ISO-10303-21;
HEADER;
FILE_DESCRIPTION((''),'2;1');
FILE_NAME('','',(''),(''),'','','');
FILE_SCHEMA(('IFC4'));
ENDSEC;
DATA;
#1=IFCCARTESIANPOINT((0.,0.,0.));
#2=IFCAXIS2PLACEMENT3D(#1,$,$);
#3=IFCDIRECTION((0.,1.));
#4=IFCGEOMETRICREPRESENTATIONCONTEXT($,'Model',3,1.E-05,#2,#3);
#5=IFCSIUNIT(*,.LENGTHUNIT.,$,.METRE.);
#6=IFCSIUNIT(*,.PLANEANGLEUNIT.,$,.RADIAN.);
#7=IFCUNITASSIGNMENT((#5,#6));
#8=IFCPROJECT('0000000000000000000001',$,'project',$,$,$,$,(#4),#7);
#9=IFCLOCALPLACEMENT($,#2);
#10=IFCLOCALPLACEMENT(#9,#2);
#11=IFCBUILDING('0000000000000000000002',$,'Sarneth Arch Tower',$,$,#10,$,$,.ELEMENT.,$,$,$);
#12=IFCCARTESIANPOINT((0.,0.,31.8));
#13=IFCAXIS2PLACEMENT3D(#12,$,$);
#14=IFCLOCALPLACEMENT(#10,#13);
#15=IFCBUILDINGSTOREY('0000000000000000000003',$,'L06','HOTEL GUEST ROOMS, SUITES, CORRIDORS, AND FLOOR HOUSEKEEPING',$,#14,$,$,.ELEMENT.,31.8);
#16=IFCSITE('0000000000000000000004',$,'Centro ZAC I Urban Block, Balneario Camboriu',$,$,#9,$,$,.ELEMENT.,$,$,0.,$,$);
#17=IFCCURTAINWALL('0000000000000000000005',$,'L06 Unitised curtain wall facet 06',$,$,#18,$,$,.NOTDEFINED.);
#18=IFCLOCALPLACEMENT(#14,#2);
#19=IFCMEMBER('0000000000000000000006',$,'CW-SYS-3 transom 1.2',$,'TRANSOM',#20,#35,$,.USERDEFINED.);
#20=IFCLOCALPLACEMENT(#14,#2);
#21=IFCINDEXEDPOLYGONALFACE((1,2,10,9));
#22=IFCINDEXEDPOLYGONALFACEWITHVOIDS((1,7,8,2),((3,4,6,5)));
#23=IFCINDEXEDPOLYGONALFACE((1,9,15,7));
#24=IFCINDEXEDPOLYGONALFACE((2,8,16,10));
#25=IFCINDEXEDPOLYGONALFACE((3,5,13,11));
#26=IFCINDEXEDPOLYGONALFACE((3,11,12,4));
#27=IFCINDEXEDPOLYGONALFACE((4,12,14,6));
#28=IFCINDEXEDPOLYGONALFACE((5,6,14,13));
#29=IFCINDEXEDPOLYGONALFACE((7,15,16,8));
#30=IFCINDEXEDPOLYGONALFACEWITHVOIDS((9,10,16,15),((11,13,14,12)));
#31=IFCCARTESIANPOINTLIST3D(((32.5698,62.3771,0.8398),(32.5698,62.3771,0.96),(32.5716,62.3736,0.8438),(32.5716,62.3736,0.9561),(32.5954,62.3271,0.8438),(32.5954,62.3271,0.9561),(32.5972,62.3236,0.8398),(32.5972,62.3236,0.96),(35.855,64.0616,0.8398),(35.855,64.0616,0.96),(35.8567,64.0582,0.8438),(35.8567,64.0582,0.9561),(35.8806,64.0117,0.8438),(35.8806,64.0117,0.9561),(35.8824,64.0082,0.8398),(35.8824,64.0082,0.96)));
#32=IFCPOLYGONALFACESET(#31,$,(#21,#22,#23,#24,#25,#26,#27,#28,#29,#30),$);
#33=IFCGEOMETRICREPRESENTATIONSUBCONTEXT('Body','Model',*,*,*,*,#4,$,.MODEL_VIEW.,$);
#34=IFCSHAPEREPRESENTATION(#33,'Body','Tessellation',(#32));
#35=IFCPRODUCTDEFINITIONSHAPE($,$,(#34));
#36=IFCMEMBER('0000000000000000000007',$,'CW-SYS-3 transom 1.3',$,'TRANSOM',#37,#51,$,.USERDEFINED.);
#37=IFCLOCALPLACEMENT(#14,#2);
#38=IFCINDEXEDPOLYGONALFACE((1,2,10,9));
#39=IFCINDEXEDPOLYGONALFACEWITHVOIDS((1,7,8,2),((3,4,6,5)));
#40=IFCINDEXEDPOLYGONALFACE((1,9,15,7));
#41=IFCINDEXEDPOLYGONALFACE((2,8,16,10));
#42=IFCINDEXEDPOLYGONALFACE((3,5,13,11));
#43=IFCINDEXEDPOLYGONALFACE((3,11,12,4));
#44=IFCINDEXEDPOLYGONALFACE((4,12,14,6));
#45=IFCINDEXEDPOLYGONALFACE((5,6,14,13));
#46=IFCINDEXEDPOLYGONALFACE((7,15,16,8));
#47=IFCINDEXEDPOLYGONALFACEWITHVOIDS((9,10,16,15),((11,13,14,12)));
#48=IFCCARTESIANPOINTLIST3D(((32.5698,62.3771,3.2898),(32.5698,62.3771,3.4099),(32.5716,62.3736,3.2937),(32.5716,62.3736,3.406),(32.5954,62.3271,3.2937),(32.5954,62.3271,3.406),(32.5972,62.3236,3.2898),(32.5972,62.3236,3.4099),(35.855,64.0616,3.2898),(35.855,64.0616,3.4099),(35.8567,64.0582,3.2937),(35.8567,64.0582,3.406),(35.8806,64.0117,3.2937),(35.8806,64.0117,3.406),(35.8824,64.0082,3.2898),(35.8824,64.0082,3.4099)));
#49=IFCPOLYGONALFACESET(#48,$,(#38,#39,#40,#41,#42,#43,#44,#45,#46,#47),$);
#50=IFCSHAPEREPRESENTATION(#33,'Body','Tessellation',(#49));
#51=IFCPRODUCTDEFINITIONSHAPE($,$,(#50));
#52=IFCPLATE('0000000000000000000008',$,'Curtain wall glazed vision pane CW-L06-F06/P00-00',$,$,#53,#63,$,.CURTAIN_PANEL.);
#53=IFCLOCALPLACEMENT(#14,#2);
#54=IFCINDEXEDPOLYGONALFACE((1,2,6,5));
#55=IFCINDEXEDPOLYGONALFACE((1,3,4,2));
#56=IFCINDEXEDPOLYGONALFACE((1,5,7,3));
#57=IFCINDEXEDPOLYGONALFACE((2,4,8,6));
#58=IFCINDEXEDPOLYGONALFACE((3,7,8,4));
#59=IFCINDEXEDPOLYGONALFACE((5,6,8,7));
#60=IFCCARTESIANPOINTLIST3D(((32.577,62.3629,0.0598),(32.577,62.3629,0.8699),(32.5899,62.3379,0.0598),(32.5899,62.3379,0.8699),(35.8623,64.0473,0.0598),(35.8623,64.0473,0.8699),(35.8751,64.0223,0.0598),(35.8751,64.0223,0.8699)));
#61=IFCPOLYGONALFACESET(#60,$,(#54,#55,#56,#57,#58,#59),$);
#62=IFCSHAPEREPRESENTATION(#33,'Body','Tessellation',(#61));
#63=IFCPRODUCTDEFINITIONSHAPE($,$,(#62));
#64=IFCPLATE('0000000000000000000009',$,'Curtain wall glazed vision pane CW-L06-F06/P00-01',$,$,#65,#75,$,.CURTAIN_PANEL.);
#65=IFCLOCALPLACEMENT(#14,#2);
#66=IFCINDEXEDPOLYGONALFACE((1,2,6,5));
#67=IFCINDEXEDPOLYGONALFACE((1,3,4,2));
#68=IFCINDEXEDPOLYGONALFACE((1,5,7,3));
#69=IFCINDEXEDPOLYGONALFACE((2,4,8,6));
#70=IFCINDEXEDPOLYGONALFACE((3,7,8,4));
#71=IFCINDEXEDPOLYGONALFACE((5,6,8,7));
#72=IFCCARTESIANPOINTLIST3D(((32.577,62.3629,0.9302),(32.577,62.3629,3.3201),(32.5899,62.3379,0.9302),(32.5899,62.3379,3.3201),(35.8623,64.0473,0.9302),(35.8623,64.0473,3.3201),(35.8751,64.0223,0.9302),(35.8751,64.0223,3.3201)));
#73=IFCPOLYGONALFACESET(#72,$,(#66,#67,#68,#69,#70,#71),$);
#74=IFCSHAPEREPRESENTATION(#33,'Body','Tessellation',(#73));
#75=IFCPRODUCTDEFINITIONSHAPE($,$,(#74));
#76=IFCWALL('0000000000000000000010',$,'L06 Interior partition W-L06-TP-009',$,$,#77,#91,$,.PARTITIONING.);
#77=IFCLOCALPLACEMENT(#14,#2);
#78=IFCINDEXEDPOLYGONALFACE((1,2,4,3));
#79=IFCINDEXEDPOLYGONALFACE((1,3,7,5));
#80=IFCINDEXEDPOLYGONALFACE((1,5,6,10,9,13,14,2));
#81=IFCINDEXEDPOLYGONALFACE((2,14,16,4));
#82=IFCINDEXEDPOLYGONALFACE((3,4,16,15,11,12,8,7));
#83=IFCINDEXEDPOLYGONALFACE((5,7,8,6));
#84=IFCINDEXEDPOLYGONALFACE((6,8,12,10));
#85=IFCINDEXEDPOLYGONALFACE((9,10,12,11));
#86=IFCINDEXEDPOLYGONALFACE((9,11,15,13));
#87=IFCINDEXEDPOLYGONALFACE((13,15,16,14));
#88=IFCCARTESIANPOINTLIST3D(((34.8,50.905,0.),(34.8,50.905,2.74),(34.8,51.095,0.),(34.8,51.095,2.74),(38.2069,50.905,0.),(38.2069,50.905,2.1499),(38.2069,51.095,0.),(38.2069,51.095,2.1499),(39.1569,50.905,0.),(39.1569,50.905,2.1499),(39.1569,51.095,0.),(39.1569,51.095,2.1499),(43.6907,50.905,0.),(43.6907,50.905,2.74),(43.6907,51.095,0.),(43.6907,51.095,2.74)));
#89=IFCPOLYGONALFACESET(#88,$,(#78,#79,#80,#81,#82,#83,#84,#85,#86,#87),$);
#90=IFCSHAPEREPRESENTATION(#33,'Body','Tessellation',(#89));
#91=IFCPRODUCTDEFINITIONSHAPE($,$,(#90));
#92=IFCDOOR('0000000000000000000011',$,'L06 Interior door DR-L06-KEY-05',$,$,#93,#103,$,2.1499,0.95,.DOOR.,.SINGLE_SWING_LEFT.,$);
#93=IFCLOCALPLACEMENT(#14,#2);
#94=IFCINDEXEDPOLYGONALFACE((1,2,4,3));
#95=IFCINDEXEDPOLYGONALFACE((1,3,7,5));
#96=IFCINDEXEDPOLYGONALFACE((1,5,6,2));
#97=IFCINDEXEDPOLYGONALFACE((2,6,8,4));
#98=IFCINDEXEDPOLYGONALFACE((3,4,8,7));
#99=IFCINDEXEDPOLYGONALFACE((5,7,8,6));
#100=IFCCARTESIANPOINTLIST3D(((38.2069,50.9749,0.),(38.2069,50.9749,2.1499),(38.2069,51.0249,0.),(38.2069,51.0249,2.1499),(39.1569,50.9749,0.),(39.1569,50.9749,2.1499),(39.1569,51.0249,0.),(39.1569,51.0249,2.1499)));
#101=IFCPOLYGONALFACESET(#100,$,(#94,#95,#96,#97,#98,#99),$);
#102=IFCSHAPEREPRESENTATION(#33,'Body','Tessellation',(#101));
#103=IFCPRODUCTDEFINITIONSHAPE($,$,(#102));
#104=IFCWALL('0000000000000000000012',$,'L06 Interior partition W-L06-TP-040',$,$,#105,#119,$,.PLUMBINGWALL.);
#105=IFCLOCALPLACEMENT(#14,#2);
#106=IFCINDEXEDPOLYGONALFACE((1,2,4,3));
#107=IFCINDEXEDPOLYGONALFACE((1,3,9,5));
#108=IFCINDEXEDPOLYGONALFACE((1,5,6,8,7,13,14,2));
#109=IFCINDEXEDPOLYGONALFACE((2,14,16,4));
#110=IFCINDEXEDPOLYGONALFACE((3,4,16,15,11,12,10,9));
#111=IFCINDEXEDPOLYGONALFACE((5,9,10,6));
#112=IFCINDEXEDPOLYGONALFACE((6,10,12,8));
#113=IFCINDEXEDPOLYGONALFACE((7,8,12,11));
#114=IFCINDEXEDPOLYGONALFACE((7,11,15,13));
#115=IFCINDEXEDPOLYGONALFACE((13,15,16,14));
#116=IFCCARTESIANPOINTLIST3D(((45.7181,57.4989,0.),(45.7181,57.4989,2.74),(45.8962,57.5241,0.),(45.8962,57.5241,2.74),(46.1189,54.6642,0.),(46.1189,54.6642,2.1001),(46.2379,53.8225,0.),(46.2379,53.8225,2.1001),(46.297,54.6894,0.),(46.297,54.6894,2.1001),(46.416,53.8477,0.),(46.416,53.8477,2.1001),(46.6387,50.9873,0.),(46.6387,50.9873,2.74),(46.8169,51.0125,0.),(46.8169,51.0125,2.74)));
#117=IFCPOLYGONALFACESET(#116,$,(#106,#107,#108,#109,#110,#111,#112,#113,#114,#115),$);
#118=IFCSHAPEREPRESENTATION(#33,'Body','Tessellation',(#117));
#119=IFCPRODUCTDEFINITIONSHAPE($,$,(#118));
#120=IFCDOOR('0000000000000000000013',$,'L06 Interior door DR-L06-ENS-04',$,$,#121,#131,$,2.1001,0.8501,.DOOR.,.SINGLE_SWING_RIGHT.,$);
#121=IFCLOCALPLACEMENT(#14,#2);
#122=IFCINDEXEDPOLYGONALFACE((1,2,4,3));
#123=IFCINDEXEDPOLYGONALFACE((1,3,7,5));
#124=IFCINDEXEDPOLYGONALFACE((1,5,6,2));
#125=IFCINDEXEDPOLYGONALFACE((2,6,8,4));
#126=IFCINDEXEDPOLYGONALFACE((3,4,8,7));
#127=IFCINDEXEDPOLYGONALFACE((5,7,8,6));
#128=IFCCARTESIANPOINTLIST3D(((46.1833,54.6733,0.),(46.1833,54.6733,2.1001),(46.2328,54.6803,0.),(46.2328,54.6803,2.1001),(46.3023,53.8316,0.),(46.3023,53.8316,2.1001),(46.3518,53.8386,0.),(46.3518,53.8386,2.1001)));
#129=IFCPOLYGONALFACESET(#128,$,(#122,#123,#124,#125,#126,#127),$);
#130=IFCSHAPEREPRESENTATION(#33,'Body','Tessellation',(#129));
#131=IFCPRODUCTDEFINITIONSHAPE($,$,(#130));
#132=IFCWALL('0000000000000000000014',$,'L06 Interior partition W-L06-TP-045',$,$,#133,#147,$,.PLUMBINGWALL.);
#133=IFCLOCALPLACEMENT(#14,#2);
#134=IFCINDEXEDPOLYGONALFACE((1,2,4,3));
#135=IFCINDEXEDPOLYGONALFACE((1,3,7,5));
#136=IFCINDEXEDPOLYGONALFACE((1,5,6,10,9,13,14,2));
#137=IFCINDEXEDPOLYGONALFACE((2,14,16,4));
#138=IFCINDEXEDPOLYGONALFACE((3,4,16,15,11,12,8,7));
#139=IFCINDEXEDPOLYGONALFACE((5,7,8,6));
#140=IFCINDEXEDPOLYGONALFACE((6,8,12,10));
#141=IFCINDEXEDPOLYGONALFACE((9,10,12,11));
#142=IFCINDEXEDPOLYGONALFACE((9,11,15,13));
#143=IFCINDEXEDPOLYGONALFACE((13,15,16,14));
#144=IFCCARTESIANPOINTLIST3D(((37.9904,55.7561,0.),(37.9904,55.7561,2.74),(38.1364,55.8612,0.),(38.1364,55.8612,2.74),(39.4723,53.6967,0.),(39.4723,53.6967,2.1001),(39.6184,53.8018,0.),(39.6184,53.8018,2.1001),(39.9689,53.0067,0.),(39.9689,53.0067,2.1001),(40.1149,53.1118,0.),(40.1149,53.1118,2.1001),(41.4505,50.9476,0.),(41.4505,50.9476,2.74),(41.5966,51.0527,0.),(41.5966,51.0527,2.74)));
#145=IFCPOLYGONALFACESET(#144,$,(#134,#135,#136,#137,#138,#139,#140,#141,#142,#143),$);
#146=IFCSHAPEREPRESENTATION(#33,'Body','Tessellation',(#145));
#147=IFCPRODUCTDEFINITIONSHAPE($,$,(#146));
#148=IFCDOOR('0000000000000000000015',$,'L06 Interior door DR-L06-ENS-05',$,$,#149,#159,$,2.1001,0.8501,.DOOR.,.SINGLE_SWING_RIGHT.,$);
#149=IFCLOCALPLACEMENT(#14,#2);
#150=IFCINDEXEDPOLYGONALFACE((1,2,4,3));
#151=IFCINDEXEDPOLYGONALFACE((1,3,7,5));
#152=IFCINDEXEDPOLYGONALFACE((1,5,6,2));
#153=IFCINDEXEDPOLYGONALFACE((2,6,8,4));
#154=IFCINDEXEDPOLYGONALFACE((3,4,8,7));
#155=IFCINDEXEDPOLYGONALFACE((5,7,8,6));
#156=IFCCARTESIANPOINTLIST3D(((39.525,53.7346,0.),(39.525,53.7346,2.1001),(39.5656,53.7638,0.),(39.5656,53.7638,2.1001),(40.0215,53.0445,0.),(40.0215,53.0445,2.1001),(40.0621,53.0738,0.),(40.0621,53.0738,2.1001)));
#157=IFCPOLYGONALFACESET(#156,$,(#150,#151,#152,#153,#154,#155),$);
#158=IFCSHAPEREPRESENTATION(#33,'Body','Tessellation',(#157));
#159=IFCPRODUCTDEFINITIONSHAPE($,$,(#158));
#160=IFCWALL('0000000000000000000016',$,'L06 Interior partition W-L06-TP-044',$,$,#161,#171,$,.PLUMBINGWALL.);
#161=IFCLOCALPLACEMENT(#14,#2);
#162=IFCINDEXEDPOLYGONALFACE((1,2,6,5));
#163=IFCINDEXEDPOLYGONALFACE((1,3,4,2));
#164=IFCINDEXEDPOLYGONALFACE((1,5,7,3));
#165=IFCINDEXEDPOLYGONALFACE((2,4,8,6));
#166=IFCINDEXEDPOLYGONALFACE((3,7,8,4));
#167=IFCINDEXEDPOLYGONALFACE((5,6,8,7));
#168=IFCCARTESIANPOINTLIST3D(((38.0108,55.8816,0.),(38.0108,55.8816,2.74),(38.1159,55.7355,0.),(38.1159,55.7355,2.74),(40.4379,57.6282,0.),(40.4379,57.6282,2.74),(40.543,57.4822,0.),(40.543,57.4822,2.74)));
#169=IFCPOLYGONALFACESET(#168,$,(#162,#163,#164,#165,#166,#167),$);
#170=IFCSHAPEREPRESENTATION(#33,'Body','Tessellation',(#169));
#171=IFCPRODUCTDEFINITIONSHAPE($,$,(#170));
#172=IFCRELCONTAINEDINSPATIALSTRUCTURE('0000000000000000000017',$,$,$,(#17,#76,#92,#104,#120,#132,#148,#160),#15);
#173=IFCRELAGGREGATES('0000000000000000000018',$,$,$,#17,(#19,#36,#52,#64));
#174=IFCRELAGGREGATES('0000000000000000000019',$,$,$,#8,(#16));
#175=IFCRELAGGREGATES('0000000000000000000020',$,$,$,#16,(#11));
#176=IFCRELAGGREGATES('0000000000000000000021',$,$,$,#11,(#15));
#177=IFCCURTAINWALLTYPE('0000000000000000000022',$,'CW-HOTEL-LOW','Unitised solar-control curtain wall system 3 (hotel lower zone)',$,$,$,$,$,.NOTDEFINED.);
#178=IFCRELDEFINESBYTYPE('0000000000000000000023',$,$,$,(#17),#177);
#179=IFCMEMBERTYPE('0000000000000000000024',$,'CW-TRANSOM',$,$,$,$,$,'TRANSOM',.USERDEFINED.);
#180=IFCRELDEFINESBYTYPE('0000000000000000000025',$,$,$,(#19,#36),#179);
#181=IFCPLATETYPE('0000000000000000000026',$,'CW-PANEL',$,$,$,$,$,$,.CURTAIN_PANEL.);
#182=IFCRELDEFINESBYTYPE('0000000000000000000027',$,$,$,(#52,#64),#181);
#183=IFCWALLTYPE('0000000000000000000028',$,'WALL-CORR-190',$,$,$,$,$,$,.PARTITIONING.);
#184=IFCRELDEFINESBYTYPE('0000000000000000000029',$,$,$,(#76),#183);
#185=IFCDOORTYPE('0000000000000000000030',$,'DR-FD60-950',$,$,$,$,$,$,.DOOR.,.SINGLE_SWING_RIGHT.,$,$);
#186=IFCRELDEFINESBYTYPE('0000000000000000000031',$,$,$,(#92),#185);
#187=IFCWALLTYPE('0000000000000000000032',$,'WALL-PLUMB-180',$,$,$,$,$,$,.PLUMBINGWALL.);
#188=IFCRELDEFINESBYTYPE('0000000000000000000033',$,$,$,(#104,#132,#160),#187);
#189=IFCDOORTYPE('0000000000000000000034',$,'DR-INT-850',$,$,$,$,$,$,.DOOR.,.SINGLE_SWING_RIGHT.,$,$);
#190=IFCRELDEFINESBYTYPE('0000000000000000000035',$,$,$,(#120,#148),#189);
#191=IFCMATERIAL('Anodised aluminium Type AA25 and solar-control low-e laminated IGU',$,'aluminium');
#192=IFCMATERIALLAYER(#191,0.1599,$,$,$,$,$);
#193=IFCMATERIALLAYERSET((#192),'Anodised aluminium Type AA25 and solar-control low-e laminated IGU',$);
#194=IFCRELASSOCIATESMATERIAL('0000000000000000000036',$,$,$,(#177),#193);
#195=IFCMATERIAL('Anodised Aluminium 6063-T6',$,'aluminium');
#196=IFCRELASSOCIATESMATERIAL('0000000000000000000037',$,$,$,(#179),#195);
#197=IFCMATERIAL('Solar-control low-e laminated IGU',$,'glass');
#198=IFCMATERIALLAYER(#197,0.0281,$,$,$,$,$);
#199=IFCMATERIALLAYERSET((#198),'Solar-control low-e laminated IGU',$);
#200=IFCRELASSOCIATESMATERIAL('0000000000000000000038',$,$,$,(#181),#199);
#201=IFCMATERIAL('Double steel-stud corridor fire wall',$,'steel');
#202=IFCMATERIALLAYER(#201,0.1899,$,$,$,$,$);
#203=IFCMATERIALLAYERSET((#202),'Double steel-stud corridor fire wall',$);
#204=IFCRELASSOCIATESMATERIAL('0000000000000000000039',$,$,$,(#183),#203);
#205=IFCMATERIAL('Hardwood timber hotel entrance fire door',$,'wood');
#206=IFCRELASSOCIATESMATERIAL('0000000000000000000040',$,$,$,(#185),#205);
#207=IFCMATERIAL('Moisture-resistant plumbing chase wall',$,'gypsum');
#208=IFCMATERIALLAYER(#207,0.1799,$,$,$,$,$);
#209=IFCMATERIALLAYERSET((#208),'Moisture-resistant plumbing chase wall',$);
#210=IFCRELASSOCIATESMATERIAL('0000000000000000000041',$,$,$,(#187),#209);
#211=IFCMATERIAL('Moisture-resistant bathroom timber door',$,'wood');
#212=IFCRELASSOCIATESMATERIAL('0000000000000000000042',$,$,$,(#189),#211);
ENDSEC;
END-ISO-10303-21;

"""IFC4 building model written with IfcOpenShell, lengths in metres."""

from ifc_helpers import new_model, si_unit, direction, frame, frame_2d, origin, origin_2d, place, context, subcontext, project, spatial, rectangle, hollow_rectangle, extrude, material, layer, layer_set, material_profile, profile_set, type_object, element, fill, aggregate, save


model = new_model("IFC4")

# Units and contexts
model_context = context("Model", 3, precision=1e-05, world=origin(), true_north=direction((0.0, 1.0)))
body_context = subcontext(model_context, "Body", "Model", "MODEL_VIEW")
ifc_project = project(units=[si_unit("LENGTHUNIT", "METRE"), si_unit("PLANEANGLEUNIT", "RADIAN")], contexts=[model_context])

# Site, building, storey
site_placement = place(None, origin())
site = spatial("IfcSite", under=ifc_project, at=site_placement, Name="Centro ZAC I Urban Block, Balneario Camboriu", CompositionType="ELEMENT", RefElevation=0.0)
building_placement = place(site_placement, origin())
building = spatial("IfcBuilding", under=site, at=building_placement, Name="Sarneth Arch Tower", CompositionType="ELEMENT")
storey_placement = place(building_placement, frame((0.0, 0.0, 31.8)))
storey = spatial("IfcBuildingStorey", under=building, at=storey_placement, Name="L06", Description="HOTEL GUEST ROOMS, SUITES, CORRIDORS, AND FLOOR HOUSEKEEPING", CompositionType="ELEMENT", Elevation=31.8)

# Curtain wall, members, plates
ifc_material_1 = material(Name="Anodised aluminium Type AA25 and solar-control low-e laminated IGU", Category="aluminium")
ifc_layer_1 = layer(ifc_material_1, 0.1599)
ifc_layer_set_1 = layer_set([ifc_layer_1], Name="Anodised aluminium Type AA25 and solar-control low-e laminated IGU")
curtain_wall_type = type_object("IfcCurtainWallType", Name="CW-HOTEL-LOW", Description="Unitised solar-control curtain wall system 3 (hotel lower zone)", PredefinedType="NOTDEFINED", material=ifc_layer_set_1)
curtain_wall_placement = place(storey_placement, origin())
curtain_wall = element("IfcCurtainWall", 1, at=curtain_wall_placement, inside=storey, type_object=curtain_wall_type, Name="L06 Unitised curtain wall facet 06", PredefinedType="NOTDEFINED")
ifc_material_2 = material(Name="Anodised Aluminium 6063-T6", Category="aluminium")
ifc_material_profile_1 = material_profile(ifc_material_2, hollow_rectangle(XDim=0.0601, YDim=0.1201, WallThickness=0.0039, at=origin_2d()), Name="AL-TRAN-120x60x4")
ifc_profile_set_1 = profile_set([ifc_material_profile_1], Name="Anodised Aluminium 6063-T6")
member_type_1 = type_object("IfcMemberType", Name="CW-TRANSOM", ElementType="TRANSOM", PredefinedType="USERDEFINED", material=ifc_profile_set_1)
member_1_placement = place(storey_placement, frame((35.8687, 64.0349, 0.8999), z_axis=(-0.889831, -0.45629, 0.0), x_axis=(0.45629, -0.889831, 0.0)))
member_1 = element("IfcMember", 2, at=member_1_placement, type_object=member_type_1, Name="CW-SYS-3 transom 1.2", ObjectType="TRANSOM", PredefinedType="USERDEFINED", context=body_context, shape_type="SweptSolid", body=[
    extrude(hollow_rectangle(XDim=0.0601, YDim=0.1201, WallThickness=0.0039, at=origin_2d()), origin(), (0.0, 0.0, 1.0), 3.6919),
])
member_2_placement = place(storey_placement, frame((35.8687, 64.0349, 3.3499), z_axis=(-0.889831, -0.45629, 0.0), x_axis=(0.45629, -0.889831, 0.0)))
member_2 = element("IfcMember", 3, at=member_2_placement, type_object=member_type_1, Name="CW-SYS-3 transom 1.3", ObjectType="TRANSOM", PredefinedType="USERDEFINED", context=body_context, shape_type="SweptSolid", body=[
    extrude(hollow_rectangle(XDim=0.0601, YDim=0.1201, WallThickness=0.0039, at=origin_2d()), origin(), (0.0, 0.0, 1.0), 3.6919),
])
ifc_material_3 = material(Name="Solar-control low-e laminated IGU", Category="glass")
ifc_layer_2 = layer(ifc_material_3, 0.0281)
ifc_layer_set_2 = layer_set([ifc_layer_2], Name="Solar-control low-e laminated IGU")
plate_type = type_object("IfcPlateType", Name="CW-PANEL", PredefinedType="CURTAIN_PANEL", material=ifc_layer_set_2)
plate_1_placement = place(storey_placement, frame((34.2261, 63.1926, 0.0598), z_axis=(0.0, 0.0, 1.0), x_axis=(-0.889854, -0.456245, 0.0)))
plate_1 = element("IfcPlate", 4, at=plate_1_placement, type_object=plate_type, Name="Curtain wall glazed vision pane CW-L06-F06/P00-00", PredefinedType="CURTAIN_PANEL", context=body_context, shape_type="SweptSolid", body=[
    extrude(rectangle(XDim=3.6919, YDim=0.0281, at=origin_2d()), origin(), (0.0, 0.0, 1.0), 0.8101),
])
plate_2_placement = place(storey_placement, frame((34.2261, 63.1926, 0.9302), z_axis=(0.0, 0.0, 1.0), x_axis=(-0.889854, -0.456245, 0.0)))
plate_2 = element("IfcPlate", 5, at=plate_2_placement, type_object=plate_type, Name="Curtain wall glazed vision pane CW-L06-F06/P00-01", PredefinedType="CURTAIN_PANEL", context=body_context, shape_type="SweptSolid", body=[
    extrude(rectangle(XDim=3.6919, YDim=0.0281, at=origin_2d()), origin(), (0.0, 0.0, 1.0), 2.3899),
])
aggregate(curtain_wall, [member_1, member_2, plate_1, plate_2])

# Walls, openings, doors
ifc_material_4 = material(Name="Double steel-stud corridor fire wall", Category="steel")
ifc_layer_3 = layer(ifc_material_4, 0.1899)
ifc_layer_set_3 = layer_set([ifc_layer_3], Name="Double steel-stud corridor fire wall")
wall_type_1 = type_object("IfcWallType", Name="WALL-CORR-190", PredefinedType="PARTITIONING", material=ifc_layer_set_3)
wall_1_placement = place(storey_placement, frame((34.8, 51.0, 0.0), z_axis=(0.0, 0.0, 1.0), x_axis=(1.0, 0.0, 0.0)))
wall_1 = element("IfcWall", 6, at=wall_1_placement, inside=storey, type_object=wall_type_1, Name="L06 Interior partition W-L06-TP-009", PredefinedType="PARTITIONING", context=body_context, shape_type="SweptSolid", body=[
    extrude(rectangle(XDim=8.8906, YDim=0.1899, at=frame_2d((4.4453, 0.0))), origin(), (0.0, 0.0, 1.0), 2.74),
])
opening_1_placement = place(wall_1_placement, frame((3.4067, 0.0, 0.0)))
opening_1 = element("IfcOpeningElement", 7, at=opening_1_placement, cuts=wall_1, PredefinedType="OPENING", context=body_context, shape_type="SweptSolid", body=[
    extrude(rectangle(XDim=0.95, YDim=2.1499, at=frame_2d((0.4751, 1.075))), frame((0.0, 0.105, 0.0), z_axis=(0.0, -1.0, 0.0), x_axis=(1.0, 0.0, 0.0)), (0.0, 0.0, 1.0), 0.21),
])
ifc_material_5 = material(Name="Hardwood timber hotel entrance fire door", Category="wood")
door_type_1 = type_object("IfcDoorType", Name="DR-FD60-950", OperationType="SINGLE_SWING_RIGHT", PredefinedType="DOOR", material=ifc_material_5)
door_1_placement = place(opening_1_placement, origin())
door_1 = element("IfcDoor", 8, at=door_1_placement, inside=storey, type_object=door_type_1, Name="L06 Interior door DR-L06-KEY-05", OperationType="SINGLE_SWING_LEFT", OverallHeight=2.1499, OverallWidth=0.95, PredefinedType="DOOR", context=body_context, shape_type="SweptSolid", body=[
    extrude(rectangle(XDim=0.95, YDim=2.1499, at=frame_2d((0.4751, 1.075))), frame((0.0, 0.0249, 0.0), z_axis=(0.0, -1.0, 0.0), x_axis=(1.0, 0.0, 0.0)), (0.0, 0.0, 1.0), 0.05),
])
fill(opening_1, door_1)
ifc_material_6 = material(Name="Moisture-resistant plumbing chase wall", Category="gypsum")
ifc_layer_4 = layer(ifc_material_6, 0.1799)
ifc_layer_set_4 = layer_set([ifc_layer_4], Name="Moisture-resistant plumbing chase wall")
wall_type_2 = type_object("IfcWallType", Name="WALL-PLUMB-180", PredefinedType="PLUMBINGWALL", material=ifc_layer_set_4)
wall_2_placement = place(storey_placement, frame((46.7278, 51.0, 0.0), z_axis=(0.0, 0.0, 1.0), x_axis=(-0.139992, 0.990153, 0.0)))
wall_2 = element("IfcWall", 9, at=wall_2_placement, inside=storey, type_object=wall_type_2, Name="L06 Interior partition W-L06-TP-040", PredefinedType="PLUMBINGWALL", context=body_context, shape_type="SweptSolid", body=[
    extrude(rectangle(XDim=6.5764, YDim=0.1799, at=frame_2d((3.2881, 0.0))), origin(), (0.0, 0.0, 1.0), 2.74),
])
opening_2_placement = place(wall_2_placement, frame((2.8633, 0.0, 0.0)))
opening_2 = element("IfcOpeningElement", 10, at=opening_2_placement, cuts=wall_2, PredefinedType="OPENING", context=body_context, shape_type="SweptSolid", body=[
    extrude(rectangle(XDim=0.8501, YDim=2.1001, at=frame_2d((0.425, 1.05))), frame((0.0, 0.0999, 0.0), z_axis=(0.0, -1.0, 0.0), x_axis=(1.0, 0.0, 0.0)), (0.0, 0.0, 1.0), 0.2),
])
ifc_material_7 = material(Name="Moisture-resistant bathroom timber door", Category="wood")
door_type_2 = type_object("IfcDoorType", Name="DR-INT-850", OperationType="SINGLE_SWING_RIGHT", PredefinedType="DOOR", material=ifc_material_7)
door_2_placement = place(opening_2_placement, origin())
door_2 = element("IfcDoor", 11, at=door_2_placement, inside=storey, type_object=door_type_2, Name="L06 Interior door DR-L06-ENS-04", OperationType="SINGLE_SWING_RIGHT", OverallHeight=2.1001, OverallWidth=0.8501, PredefinedType="DOOR", context=body_context, shape_type="SweptSolid", body=[
    extrude(rectangle(XDim=0.8501, YDim=2.1001, at=frame_2d((0.425, 1.05))), frame((0.0, 0.0249, 0.0), z_axis=(0.0, -1.0, 0.0), x_axis=(1.0, 0.0, 0.0)), (0.0, 0.0, 1.0), 0.05),
])
fill(opening_2, door_2)
wall_3_placement = place(storey_placement, frame((38.0635, 55.8086, 0.0), z_axis=(0.0, 0.0, 1.0), x_axis=(0.584084, -0.811693, 0.0)))
wall_3 = element("IfcWall", 12, at=wall_3_placement, inside=storey, type_object=wall_type_2, Name="L06 Interior partition W-L06-TP-045", PredefinedType="PLUMBINGWALL", context=body_context, shape_type="SweptSolid", body=[
    extrude(rectangle(XDim=5.9241, YDim=0.1799, at=frame_2d((2.9619, 0.0))), origin(), (0.0, 0.0, 1.0), 2.74),
])
opening_3_placement = place(wall_3_placement, frame((2.5371, 0.0, 0.0)))
opening_3 = element("IfcOpeningElement", 13, at=opening_3_placement, cuts=wall_3, PredefinedType="OPENING", context=body_context, shape_type="SweptSolid", body=[
    extrude(rectangle(XDim=0.8501, YDim=2.1001, at=frame_2d((0.425, 1.05))), frame((0.0, 0.0999, 0.0), z_axis=(0.0, -1.0, 0.0), x_axis=(1.0, 0.0, 0.0)), (0.0, 0.0, 1.0), 0.2),
])
door_3_placement = place(opening_3_placement, origin())
door_3 = element("IfcDoor", 14, at=door_3_placement, inside=storey, type_object=door_type_2, Name="L06 Interior door DR-L06-ENS-05", OperationType="SINGLE_SWING_RIGHT", OverallHeight=2.1001, OverallWidth=0.8501, PredefinedType="DOOR", context=body_context, shape_type="SweptSolid", body=[
    extrude(rectangle(XDim=0.8501, YDim=2.1001, at=frame_2d((0.425, 1.05))), frame((0.0, 0.0249, 0.0), z_axis=(0.0, -1.0, 0.0), x_axis=(1.0, 0.0, 0.0)), (0.0, 0.0, 1.0), 0.05),
])
fill(opening_3, door_3)

# Wall
wall_4_placement = place(storey_placement, frame((40.4905, 57.5552, 0.0), z_axis=(0.0, 0.0, 1.0), x_axis=(-0.811671, -0.584115, 0.0)))
element("IfcWall", 15, at=wall_4_placement, inside=storey, type_object=wall_type_2, Name="L06 Interior partition W-L06-TP-044", PredefinedType="PLUMBINGWALL", context=body_context, shape_type="SweptSolid", body=[
    extrude(rectangle(XDim=2.9902, YDim=0.1799, at=frame_2d((1.4951, 0.0))), origin(), (0.0, 0.0, 1.0), 2.74),
])

save(model, "model.ifc")
